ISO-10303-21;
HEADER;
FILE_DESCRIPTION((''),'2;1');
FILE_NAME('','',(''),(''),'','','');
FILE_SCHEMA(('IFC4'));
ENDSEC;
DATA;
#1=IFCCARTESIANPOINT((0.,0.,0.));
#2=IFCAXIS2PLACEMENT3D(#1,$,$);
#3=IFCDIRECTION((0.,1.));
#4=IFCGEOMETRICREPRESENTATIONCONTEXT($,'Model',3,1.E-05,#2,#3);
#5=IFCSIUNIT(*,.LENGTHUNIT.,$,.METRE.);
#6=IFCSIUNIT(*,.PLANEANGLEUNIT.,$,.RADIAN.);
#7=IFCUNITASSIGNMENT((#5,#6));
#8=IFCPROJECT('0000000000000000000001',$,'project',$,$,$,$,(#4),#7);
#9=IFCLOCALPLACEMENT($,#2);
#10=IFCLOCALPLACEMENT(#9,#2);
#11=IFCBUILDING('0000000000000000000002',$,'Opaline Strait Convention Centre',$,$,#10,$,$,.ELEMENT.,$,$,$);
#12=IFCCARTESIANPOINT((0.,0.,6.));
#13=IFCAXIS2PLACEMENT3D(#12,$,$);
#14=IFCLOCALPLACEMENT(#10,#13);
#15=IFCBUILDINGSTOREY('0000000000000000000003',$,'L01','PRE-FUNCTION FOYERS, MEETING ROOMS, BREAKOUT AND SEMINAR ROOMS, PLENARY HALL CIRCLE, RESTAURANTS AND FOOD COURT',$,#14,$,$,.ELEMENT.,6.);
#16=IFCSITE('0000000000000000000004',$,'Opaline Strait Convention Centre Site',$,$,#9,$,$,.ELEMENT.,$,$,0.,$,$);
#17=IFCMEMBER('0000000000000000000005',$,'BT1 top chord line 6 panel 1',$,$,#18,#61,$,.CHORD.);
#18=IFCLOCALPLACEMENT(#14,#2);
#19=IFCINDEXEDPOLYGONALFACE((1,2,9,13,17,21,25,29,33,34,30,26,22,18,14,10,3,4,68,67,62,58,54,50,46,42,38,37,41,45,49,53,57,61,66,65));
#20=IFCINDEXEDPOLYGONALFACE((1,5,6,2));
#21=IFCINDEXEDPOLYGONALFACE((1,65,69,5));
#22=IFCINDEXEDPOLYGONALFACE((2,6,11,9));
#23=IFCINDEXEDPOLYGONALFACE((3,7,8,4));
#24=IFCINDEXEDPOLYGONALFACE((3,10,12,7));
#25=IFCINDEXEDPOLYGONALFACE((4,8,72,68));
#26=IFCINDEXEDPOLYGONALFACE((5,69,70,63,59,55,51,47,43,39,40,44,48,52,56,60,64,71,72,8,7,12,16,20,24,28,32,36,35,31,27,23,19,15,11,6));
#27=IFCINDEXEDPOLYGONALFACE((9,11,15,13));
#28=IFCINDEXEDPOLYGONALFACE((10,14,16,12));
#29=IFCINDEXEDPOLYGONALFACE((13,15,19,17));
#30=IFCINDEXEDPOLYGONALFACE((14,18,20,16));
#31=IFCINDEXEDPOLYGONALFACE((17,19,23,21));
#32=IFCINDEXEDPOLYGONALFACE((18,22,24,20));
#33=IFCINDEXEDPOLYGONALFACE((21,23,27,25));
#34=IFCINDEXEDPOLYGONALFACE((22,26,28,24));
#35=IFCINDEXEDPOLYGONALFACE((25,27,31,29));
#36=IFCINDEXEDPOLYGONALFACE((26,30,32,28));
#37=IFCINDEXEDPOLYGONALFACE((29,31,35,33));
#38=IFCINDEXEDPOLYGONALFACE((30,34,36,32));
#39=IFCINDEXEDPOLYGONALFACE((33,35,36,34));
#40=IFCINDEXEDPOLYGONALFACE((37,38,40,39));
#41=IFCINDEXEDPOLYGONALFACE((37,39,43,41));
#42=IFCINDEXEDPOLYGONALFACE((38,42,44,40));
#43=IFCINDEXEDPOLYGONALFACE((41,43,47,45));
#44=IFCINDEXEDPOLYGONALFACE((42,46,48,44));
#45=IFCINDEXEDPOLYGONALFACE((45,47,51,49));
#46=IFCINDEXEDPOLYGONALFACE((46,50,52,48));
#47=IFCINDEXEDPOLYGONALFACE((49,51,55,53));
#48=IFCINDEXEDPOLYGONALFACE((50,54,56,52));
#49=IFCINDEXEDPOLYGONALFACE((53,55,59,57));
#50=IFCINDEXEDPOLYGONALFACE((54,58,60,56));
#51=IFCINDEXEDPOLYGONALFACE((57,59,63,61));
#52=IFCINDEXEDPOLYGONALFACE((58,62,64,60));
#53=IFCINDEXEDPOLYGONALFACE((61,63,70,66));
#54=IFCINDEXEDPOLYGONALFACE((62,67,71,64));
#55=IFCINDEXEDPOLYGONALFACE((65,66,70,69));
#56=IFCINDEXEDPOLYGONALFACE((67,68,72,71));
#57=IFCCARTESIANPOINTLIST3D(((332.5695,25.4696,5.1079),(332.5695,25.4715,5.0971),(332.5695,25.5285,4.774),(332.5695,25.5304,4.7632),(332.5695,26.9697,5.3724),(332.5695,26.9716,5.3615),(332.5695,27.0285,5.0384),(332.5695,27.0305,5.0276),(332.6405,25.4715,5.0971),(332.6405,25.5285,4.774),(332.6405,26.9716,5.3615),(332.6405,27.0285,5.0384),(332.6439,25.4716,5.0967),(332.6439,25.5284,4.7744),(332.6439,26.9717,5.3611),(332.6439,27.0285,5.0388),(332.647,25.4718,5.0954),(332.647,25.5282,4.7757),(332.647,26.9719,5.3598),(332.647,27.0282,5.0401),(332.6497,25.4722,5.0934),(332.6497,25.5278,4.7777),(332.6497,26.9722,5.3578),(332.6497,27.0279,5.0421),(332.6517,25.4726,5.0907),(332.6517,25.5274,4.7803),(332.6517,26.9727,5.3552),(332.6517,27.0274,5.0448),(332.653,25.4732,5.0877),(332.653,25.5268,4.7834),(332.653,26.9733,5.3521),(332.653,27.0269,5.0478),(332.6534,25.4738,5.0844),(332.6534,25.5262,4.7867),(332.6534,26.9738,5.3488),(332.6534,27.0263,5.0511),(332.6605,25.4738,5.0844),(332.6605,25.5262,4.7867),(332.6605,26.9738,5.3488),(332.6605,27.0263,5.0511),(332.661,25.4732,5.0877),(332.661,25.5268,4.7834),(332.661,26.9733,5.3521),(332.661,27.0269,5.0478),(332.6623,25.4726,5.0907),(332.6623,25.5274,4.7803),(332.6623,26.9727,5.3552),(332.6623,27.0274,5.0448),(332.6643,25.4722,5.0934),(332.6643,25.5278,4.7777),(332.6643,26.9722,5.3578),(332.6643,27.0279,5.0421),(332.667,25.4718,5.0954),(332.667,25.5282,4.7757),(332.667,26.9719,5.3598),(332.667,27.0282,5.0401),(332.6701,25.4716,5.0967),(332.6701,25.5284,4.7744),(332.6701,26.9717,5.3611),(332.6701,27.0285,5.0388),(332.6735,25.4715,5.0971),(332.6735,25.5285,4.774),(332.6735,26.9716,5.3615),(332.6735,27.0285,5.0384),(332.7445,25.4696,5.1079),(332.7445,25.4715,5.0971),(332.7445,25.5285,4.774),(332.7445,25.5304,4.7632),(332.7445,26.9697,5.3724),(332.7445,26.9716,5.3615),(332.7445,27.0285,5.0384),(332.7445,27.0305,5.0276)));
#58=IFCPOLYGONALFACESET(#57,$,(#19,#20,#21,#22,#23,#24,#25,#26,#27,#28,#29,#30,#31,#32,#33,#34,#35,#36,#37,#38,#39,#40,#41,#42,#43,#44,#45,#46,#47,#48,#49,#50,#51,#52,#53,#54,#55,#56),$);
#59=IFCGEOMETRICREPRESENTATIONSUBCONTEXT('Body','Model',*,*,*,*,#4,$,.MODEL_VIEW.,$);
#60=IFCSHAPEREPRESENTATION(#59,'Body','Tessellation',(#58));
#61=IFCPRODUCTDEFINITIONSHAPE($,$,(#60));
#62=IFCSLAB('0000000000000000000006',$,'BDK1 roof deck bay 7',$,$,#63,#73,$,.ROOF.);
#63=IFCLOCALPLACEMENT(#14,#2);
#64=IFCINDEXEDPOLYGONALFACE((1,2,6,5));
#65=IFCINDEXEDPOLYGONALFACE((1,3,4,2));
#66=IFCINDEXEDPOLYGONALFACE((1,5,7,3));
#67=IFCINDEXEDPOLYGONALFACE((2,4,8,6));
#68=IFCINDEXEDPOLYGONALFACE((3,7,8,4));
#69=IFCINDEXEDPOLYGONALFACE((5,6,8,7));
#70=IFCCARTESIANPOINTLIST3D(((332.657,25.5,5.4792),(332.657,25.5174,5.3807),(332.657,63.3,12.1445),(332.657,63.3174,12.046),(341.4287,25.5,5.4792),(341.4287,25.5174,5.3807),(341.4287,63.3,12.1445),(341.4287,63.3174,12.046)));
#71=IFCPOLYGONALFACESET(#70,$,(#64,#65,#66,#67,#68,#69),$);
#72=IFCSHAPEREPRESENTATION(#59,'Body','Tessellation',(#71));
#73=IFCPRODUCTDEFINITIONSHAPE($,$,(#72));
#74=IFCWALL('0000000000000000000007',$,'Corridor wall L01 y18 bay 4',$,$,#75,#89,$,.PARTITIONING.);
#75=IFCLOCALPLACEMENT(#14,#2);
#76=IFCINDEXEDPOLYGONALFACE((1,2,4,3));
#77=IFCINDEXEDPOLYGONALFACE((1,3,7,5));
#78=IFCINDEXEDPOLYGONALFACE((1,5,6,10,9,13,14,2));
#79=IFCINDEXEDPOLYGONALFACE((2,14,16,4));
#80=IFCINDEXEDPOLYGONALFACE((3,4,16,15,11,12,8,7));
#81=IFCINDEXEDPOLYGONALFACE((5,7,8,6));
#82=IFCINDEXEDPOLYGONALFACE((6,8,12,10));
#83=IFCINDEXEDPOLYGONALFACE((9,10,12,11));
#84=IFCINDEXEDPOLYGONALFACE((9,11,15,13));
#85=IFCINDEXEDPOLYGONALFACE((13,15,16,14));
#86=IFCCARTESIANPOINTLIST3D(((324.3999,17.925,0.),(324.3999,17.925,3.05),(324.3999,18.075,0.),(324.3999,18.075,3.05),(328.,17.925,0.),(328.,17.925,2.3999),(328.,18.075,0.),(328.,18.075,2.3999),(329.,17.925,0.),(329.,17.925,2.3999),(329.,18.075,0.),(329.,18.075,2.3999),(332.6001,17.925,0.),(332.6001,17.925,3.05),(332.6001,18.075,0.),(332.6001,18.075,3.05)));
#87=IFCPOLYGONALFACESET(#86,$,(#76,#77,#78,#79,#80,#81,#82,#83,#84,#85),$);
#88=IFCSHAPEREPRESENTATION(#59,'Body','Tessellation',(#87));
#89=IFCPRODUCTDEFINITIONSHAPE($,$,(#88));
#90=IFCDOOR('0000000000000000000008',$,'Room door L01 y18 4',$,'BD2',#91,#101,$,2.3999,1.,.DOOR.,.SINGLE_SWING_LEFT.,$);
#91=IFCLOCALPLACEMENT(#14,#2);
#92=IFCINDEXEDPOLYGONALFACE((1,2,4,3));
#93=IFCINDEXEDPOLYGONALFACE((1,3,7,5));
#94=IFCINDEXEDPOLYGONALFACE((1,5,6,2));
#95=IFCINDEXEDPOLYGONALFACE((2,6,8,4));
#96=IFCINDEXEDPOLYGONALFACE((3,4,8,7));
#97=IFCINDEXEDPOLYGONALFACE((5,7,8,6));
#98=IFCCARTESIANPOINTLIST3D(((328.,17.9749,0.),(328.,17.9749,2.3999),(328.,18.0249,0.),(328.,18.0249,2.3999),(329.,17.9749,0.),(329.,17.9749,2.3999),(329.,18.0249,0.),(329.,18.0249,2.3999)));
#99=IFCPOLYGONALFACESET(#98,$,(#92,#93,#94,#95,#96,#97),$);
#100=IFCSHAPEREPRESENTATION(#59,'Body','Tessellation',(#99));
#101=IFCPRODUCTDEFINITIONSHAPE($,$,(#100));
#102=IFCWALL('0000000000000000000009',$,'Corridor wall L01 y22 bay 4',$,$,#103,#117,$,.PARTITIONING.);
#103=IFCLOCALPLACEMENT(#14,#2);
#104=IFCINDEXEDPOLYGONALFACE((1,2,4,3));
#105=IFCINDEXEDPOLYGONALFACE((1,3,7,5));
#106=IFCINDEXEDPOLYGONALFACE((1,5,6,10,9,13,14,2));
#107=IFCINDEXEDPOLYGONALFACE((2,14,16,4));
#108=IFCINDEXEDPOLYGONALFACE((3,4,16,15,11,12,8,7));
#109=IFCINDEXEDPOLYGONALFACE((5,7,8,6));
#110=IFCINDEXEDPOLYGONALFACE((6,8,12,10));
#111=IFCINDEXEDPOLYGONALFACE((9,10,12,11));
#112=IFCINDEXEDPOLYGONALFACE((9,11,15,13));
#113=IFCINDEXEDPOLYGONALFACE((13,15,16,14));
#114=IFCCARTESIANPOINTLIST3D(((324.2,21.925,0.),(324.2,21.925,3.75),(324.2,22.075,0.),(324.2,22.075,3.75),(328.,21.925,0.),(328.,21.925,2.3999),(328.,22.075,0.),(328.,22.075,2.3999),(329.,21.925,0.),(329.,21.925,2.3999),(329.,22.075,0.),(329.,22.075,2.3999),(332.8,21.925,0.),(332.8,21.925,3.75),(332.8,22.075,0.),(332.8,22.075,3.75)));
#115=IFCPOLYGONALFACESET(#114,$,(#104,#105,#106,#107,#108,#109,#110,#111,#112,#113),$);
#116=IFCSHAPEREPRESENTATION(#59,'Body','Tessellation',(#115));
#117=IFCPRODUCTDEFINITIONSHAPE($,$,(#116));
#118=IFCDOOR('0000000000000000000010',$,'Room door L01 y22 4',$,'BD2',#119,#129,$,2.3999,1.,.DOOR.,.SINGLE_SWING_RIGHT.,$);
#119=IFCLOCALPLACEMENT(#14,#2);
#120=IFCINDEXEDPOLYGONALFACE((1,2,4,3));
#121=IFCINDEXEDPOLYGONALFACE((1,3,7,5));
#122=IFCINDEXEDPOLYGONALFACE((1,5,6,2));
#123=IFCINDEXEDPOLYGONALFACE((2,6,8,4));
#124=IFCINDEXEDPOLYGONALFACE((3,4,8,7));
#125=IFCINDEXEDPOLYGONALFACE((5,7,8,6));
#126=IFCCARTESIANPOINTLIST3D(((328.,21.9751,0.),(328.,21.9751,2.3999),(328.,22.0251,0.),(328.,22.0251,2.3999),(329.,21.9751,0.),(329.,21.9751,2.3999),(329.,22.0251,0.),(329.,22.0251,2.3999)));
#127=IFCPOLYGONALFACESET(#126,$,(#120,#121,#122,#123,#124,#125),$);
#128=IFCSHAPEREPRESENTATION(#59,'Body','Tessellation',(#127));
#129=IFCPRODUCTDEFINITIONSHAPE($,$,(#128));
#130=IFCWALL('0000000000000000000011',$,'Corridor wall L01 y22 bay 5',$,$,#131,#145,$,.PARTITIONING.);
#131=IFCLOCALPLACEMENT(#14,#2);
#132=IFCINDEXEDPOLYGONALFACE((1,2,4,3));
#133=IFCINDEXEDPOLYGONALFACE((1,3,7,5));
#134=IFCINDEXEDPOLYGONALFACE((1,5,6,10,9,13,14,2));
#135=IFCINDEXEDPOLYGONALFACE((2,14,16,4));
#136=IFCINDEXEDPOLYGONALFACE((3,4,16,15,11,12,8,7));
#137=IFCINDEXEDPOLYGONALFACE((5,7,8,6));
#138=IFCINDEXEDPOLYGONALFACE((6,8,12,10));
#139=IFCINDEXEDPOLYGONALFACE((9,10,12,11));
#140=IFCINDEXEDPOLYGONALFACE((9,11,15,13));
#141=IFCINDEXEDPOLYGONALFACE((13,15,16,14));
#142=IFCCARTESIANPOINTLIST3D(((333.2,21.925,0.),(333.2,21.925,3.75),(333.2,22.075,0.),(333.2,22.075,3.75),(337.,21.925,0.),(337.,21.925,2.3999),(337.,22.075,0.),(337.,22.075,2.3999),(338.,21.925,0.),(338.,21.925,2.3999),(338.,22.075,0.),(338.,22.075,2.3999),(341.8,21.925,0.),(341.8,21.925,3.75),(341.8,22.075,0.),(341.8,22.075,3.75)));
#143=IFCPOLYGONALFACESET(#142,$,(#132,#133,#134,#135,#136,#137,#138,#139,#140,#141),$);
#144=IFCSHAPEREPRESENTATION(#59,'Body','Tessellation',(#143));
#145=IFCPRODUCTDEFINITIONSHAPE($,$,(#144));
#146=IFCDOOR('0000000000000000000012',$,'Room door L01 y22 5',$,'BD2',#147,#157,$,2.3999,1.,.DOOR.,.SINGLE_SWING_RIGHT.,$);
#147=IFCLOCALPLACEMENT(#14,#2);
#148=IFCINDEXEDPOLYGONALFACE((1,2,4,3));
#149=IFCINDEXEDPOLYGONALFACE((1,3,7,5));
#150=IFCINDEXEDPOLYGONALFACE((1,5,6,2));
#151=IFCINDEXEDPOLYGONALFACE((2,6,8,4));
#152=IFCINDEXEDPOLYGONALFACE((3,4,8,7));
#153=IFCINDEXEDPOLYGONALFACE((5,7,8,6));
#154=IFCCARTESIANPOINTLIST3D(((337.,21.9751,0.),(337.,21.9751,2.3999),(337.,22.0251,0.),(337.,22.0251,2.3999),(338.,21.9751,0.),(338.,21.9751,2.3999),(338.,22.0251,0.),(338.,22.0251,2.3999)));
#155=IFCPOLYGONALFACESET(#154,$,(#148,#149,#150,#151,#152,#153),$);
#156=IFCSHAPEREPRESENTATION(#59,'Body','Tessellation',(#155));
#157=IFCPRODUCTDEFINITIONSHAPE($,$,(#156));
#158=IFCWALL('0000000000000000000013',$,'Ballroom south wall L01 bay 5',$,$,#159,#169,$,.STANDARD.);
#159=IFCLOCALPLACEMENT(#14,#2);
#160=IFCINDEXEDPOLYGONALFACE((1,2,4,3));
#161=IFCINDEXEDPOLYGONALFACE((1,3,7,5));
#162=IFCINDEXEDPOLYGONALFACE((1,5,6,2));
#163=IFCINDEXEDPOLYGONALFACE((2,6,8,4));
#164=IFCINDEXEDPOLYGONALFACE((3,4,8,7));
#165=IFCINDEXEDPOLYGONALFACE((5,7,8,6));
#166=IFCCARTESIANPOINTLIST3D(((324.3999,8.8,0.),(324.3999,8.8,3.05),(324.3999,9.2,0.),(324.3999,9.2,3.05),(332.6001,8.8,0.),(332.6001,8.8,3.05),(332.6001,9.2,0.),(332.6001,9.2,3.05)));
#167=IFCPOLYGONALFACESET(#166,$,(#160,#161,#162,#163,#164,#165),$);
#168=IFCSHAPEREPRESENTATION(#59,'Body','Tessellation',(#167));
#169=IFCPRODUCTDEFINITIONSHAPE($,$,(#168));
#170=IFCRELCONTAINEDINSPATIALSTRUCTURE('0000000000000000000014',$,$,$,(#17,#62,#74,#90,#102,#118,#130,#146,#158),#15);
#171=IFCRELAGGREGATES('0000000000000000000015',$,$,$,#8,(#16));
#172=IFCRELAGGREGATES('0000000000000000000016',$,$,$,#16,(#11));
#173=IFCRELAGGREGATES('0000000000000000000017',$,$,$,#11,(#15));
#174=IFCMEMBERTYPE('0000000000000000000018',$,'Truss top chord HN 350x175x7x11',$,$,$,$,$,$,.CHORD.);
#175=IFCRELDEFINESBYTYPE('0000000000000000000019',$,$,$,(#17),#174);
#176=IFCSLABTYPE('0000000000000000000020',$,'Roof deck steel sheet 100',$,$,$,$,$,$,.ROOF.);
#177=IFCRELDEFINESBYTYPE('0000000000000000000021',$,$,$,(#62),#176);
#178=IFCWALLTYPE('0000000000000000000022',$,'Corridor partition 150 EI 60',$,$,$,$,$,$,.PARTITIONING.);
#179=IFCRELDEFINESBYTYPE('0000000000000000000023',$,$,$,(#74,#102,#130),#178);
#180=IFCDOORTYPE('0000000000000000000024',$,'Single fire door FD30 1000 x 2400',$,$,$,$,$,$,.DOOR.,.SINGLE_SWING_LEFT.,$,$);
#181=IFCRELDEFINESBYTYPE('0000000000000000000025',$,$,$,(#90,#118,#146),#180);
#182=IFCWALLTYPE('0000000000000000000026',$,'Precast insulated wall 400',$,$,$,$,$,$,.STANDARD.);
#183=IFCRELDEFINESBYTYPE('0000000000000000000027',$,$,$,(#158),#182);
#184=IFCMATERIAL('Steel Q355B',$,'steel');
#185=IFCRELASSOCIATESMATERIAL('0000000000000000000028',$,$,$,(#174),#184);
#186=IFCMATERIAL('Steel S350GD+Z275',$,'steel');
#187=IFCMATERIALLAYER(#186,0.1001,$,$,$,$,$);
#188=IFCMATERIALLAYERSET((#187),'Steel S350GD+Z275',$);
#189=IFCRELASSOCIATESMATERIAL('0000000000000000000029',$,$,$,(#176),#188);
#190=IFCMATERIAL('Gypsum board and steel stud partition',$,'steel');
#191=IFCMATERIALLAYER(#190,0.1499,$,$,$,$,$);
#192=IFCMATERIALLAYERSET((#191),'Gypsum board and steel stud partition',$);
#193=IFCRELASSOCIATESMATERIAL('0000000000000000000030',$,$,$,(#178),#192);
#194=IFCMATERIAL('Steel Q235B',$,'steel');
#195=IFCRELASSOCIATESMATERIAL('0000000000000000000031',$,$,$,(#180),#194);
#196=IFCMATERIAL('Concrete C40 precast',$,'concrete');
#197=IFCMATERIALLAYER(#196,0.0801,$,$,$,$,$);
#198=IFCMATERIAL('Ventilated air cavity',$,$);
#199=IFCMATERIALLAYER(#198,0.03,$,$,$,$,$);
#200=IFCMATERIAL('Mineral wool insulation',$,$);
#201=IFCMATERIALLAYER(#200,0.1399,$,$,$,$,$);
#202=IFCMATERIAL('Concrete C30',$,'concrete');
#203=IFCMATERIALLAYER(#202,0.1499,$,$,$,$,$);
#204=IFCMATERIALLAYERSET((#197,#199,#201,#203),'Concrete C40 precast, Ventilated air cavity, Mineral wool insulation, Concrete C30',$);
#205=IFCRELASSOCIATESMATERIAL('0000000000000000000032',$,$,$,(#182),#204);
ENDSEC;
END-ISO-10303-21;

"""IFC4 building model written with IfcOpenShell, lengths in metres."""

from ifc_helpers import new_model, si_unit, direction, frame, frame_2d, origin, origin_2d, place, context, subcontext, project, spatial, polyline, rectangle, i_section, outline, extrude, material, layer, layer_set, material_profile, profile_set, type_object, element, fill, save


model = new_model("IFC4")

# Units and contexts
model_context = context("Model", 3, precision=1e-05, world=origin(), true_north=direction((0.0, 1.0)))
body_context = subcontext(model_context, "Body", "Model", "MODEL_VIEW")
ifc_project = project(units=[si_unit("LENGTHUNIT", "METRE"), si_unit("PLANEANGLEUNIT", "RADIAN")], contexts=[model_context])

# Site, building, storey
site_placement = place(None, origin())
site = spatial("IfcSite", under=ifc_project, at=site_placement, Name="Opaline Strait Convention Centre Site", CompositionType="ELEMENT", RefElevation=0.0)
building_placement = place(site_placement, origin())
building = spatial("IfcBuilding", under=site, at=building_placement, Name="Opaline Strait Convention Centre", CompositionType="ELEMENT")
storey_placement = place(building_placement, frame((0.0, 0.0, 6.0)))
storey = spatial("IfcBuildingStorey", under=building, at=storey_placement, Name="L01", Description="PRE-FUNCTION FOYERS, MEETING ROOMS, BREAKOUT AND SEMINAR ROOMS, PLENARY HALL CIRCLE, RESTAURANTS AND FOOD COURT", CompositionType="ELEMENT", Elevation=6.0)

# Member
ifc_material_1 = material(Name="Steel Q355B", Category="steel")
ifc_material_profile_1 = material_profile(ifc_material_1, i_section(OverallWidth=0.175, OverallDepth=0.3501, WebThickness=0.0071, FlangeThickness=0.011, FilletRadius=0.0129, at=origin_2d()), Name="HN 350x175x7x11")
ifc_profile_set_1 = profile_set([ifc_material_profile_1], Name="Steel Q355B")
member_type_1 = type_object("IfcMemberType", Name="Truss top chord HN 350x175x7x11", PredefinedType="CHORD", material=ifc_profile_set_1)
member_1_placement = place(storey_placement, frame((332.657, 25.5, 4.9355), z_axis=(0.0, 0.984817, 0.173593), x_axis=(-1.0, 0.0, 0.0)))
element("IfcMember", 1, at=member_1_placement, inside=storey, type_object=member_type_1, Name="BT1 top chord line 6 panel 1", PredefinedType="CHORD", context=body_context, shape_type="SweptSolid", body=[
    extrude(i_section(OverallWidth=0.175, OverallDepth=0.3501, WebThickness=0.0071, FlangeThickness=0.011, FilletRadius=0.0129, at=origin_2d()), origin(), (0.0, 0.0, 1.0), 1.5232),
])

# Slab
ifc_material_2 = material(Name="Steel S350GD+Z275", Category="steel")
ifc_layer_1 = layer(ifc_material_2, 0.1001)
ifc_layer_set_1 = layer_set([ifc_layer_1], Name="Steel S350GD+Z275")
slab_type = type_object("IfcSlabType", Name="Roof deck steel sheet 100", PredefinedType="ROOF", material=ifc_layer_set_1)
slab_placement = place(storey_placement, frame((332.657, 25.5, 5.4792), z_axis=(0.0, -0.173651, 0.984807), x_axis=(1.0, 0.0, 0.0)))
element("IfcSlab", 2, at=slab_placement, inside=storey, type_object=slab_type, Name="BDK1 roof deck bay 7", PredefinedType="ROOF", context=body_context, shape_type="SweptSolid", body=[
    extrude(outline(polyline([(0.0, 0.0), (8.7717, 0.0), (8.7717, 38.3832), (0.0, 38.3832), (0.0, 0.0)])), origin(), (0.0, 0.0, -1.0), 0.1001),
])

# Walls, openings, doors
ifc_material_3 = material(Name="Gypsum board and steel stud partition", Category="steel")
ifc_layer_2 = layer(ifc_material_3, 0.1499)
ifc_layer_set_2 = layer_set([ifc_layer_2], Name="Gypsum board and steel stud partition")
wall_type_1 = type_object("IfcWallType", Name="Corridor partition 150 EI 60", PredefinedType="PARTITIONING", material=ifc_layer_set_2)
wall_1_placement = place(storey_placement, frame((324.3999, 18.0, 0.0), z_axis=(0.0, 0.0, 1.0), x_axis=(1.0, 0.0, 0.0)))
wall_1 = element("IfcWall", 3, at=wall_1_placement, inside=storey, type_object=wall_type_1, Name="Corridor wall L01 y18 bay 4", PredefinedType="PARTITIONING", context=body_context, shape_type="SweptSolid", body=[
    extrude(rectangle(XDim=8.2002, YDim=0.1499, at=frame_2d((4.1001, 0.0))), origin(), (0.0, 0.0, 1.0), 3.05),
])
opening_1_placement = place(wall_1_placement, frame((3.6001, 0.0, 0.0)))
opening_1 = element("IfcOpeningElement", 4, at=opening_1_placement, cuts=wall_1, PredefinedType="OPENING", context=body_context, shape_type="SweptSolid", body=[
    extrude(rectangle(XDim=1.0, YDim=2.3999, at=frame_2d((0.5, 1.2))), frame((0.0, 0.085, 0.0), z_axis=(0.0, -1.0, 0.0), x_axis=(1.0, 0.0, 0.0)), (0.0, 0.0, 1.0), 0.1699),
])
ifc_material_4 = material(Name="Steel Q235B", Category="steel")
door_type = type_object("IfcDoorType", Name="Single fire door FD30 1000 x 2400", OperationType="SINGLE_SWING_LEFT", PredefinedType="DOOR", material=ifc_material_4)
door_1_placement = place(opening_1_placement, origin())
door_1 = element("IfcDoor", 5, at=door_1_placement, inside=storey, type_object=door_type, Name="Room door L01 y18 4", ObjectType="BD2", OperationType="SINGLE_SWING_LEFT", OverallHeight=2.3999, OverallWidth=1.0, PredefinedType="DOOR", context=body_context, shape_type="SweptSolid", body=[
    extrude(rectangle(XDim=1.0, YDim=2.3999, at=frame_2d((0.5, 1.2))), frame((0.0, 0.0249, 0.0), z_axis=(0.0, -1.0, 0.0), x_axis=(1.0, 0.0, 0.0)), (0.0, 0.0, 1.0), 0.05),
])
fill(opening_1, door_1)
wall_2_placement = place(storey_placement, frame((324.2, 22.0, 0.0), z_axis=(0.0, 0.0, 1.0), x_axis=(1.0, 0.0, 0.0)))
wall_2 = element("IfcWall", 6, at=wall_2_placement, inside=storey, type_object=wall_type_1, Name="Corridor wall L01 y22 bay 4", PredefinedType="PARTITIONING", context=body_context, shape_type="SweptSolid", body=[
    extrude(rectangle(XDim=8.6001, YDim=0.1499, at=frame_2d((4.3, 0.0))), origin(), (0.0, 0.0, 1.0), 3.75),
])
opening_2_placement = place(wall_2_placement, frame((3.8, 0.0, 0.0)))
opening_2 = element("IfcOpeningElement", 7, at=opening_2_placement, cuts=wall_2, PredefinedType="OPENING", context=body_context, shape_type="SweptSolid", body=[
    extrude(rectangle(XDim=1.0, YDim=2.3999, at=frame_2d((0.5, 1.2))), frame((0.0, 0.085, 0.0), z_axis=(0.0, -1.0, 0.0), x_axis=(1.0, 0.0, 0.0)), (0.0, 0.0, 1.0), 0.1699),
])
door_2_placement = place(opening_2_placement, frame((1.0, 0.0, 0.0), z_axis=(0.0, 0.0, 1.0), x_axis=(-1.0, 0.0, 0.0)))
door_2 = element("IfcDoor", 8, at=door_2_placement, inside=storey, type_object=door_type, Name="Room door L01 y22 4", ObjectType="BD2", OperationType="SINGLE_SWING_RIGHT", OverallHeight=2.3999, OverallWidth=1.0, PredefinedType="DOOR", context=body_context, shape_type="SweptSolid", body=[
    extrude(rectangle(XDim=1.0, YDim=2.3999, at=frame_2d((0.5, 1.2))), frame((0.0, 0.0249, 0.0), z_axis=(0.0, -1.0, 0.0), x_axis=(1.0, 0.0, 0.0)), (0.0, 0.0, 1.0), 0.05),
])
fill(opening_2, door_2)
wall_3_placement = place(storey_placement, frame((333.2, 22.0, 0.0), z_axis=(0.0, 0.0, 1.0), x_axis=(1.0, 0.0, 0.0)))
wall_3 = element("IfcWall", 9, at=wall_3_placement, inside=storey, type_object=wall_type_1, Name="Corridor wall L01 y22 bay 5", PredefinedType="PARTITIONING", context=body_context, shape_type="SweptSolid", body=[
    extrude(rectangle(XDim=8.6001, YDim=0.1499, at=frame_2d((4.3, 0.0))), origin(), (0.0, 0.0, 1.0), 3.75),
])
opening_3_placement = place(wall_3_placement, frame((3.8, 0.0, 0.0)))
opening_3 = element("IfcOpeningElement", 10, at=opening_3_placement, cuts=wall_3, PredefinedType="OPENING", context=body_context, shape_type="SweptSolid", body=[
    extrude(rectangle(XDim=1.0, YDim=2.3999, at=frame_2d((0.5, 1.2))), frame((0.0, 0.085, 0.0), z_axis=(0.0, -1.0, 0.0), x_axis=(1.0, 0.0, 0.0)), (0.0, 0.0, 1.0), 0.1699),
])
door_3_placement = place(opening_3_placement, frame((1.0, 0.0, 0.0), z_axis=(0.0, 0.0, 1.0), x_axis=(-1.0, 0.0, 0.0)))
door_3 = element("IfcDoor", 11, at=door_3_placement, inside=storey, type_object=door_type, Name="Room door L01 y22 5", ObjectType="BD2", OperationType="SINGLE_SWING_RIGHT", OverallHeight=2.3999, OverallWidth=1.0, PredefinedType="DOOR", context=body_context, shape_type="SweptSolid", body=[
    extrude(rectangle(XDim=1.0, YDim=2.3999, at=frame_2d((0.5, 1.2))), frame((0.0, 0.0249, 0.0), z_axis=(0.0, -1.0, 0.0), x_axis=(1.0, 0.0, 0.0)), (0.0, 0.0, 1.0), 0.05),
])
fill(opening_3, door_3)

# Wall
ifc_material_5 = material(Name="Concrete C40 precast", Category="concrete")
ifc_layer_3 = layer(ifc_material_5, 0.0801)
ifc_material_6 = material(Name="Ventilated air cavity")
ifc_layer_4 = layer(ifc_material_6, 0.03)
ifc_material_7 = material(Name="Mineral wool insulation")
ifc_layer_5 = layer(ifc_material_7, 0.1399)
ifc_material_8 = material(Name="Concrete C30", Category="concrete")
ifc_layer_6 = layer(ifc_material_8, 0.1499)
ifc_layer_set_3 = layer_set([ifc_layer_3, ifc_layer_4, ifc_layer_5, ifc_layer_6], Name="Concrete C40 precast, Ventilated air cavity, Mineral wool insulation, Concrete C30")
wall_type_2 = type_object("IfcWallType", Name="Precast insulated wall 400", PredefinedType="STANDARD", material=ifc_layer_set_3)
wall_4_placement = place(storey_placement, frame((324.3999, 9.0, 0.0), z_axis=(0.0, 0.0, 1.0), x_axis=(1.0, 0.0, 0.0)))
element("IfcWall", 12, at=wall_4_placement, inside=storey, type_object=wall_type_2, Name="Ballroom south wall L01 bay 5", PredefinedType="STANDARD", context=body_context, shape_type="SweptSolid", body=[
    extrude(rectangle(XDim=8.2002, YDim=0.3999, at=frame_2d((4.1001, 0.0))), origin(), (0.0, 0.0, 1.0), 3.05),
])

save(model, "model.ifc")
